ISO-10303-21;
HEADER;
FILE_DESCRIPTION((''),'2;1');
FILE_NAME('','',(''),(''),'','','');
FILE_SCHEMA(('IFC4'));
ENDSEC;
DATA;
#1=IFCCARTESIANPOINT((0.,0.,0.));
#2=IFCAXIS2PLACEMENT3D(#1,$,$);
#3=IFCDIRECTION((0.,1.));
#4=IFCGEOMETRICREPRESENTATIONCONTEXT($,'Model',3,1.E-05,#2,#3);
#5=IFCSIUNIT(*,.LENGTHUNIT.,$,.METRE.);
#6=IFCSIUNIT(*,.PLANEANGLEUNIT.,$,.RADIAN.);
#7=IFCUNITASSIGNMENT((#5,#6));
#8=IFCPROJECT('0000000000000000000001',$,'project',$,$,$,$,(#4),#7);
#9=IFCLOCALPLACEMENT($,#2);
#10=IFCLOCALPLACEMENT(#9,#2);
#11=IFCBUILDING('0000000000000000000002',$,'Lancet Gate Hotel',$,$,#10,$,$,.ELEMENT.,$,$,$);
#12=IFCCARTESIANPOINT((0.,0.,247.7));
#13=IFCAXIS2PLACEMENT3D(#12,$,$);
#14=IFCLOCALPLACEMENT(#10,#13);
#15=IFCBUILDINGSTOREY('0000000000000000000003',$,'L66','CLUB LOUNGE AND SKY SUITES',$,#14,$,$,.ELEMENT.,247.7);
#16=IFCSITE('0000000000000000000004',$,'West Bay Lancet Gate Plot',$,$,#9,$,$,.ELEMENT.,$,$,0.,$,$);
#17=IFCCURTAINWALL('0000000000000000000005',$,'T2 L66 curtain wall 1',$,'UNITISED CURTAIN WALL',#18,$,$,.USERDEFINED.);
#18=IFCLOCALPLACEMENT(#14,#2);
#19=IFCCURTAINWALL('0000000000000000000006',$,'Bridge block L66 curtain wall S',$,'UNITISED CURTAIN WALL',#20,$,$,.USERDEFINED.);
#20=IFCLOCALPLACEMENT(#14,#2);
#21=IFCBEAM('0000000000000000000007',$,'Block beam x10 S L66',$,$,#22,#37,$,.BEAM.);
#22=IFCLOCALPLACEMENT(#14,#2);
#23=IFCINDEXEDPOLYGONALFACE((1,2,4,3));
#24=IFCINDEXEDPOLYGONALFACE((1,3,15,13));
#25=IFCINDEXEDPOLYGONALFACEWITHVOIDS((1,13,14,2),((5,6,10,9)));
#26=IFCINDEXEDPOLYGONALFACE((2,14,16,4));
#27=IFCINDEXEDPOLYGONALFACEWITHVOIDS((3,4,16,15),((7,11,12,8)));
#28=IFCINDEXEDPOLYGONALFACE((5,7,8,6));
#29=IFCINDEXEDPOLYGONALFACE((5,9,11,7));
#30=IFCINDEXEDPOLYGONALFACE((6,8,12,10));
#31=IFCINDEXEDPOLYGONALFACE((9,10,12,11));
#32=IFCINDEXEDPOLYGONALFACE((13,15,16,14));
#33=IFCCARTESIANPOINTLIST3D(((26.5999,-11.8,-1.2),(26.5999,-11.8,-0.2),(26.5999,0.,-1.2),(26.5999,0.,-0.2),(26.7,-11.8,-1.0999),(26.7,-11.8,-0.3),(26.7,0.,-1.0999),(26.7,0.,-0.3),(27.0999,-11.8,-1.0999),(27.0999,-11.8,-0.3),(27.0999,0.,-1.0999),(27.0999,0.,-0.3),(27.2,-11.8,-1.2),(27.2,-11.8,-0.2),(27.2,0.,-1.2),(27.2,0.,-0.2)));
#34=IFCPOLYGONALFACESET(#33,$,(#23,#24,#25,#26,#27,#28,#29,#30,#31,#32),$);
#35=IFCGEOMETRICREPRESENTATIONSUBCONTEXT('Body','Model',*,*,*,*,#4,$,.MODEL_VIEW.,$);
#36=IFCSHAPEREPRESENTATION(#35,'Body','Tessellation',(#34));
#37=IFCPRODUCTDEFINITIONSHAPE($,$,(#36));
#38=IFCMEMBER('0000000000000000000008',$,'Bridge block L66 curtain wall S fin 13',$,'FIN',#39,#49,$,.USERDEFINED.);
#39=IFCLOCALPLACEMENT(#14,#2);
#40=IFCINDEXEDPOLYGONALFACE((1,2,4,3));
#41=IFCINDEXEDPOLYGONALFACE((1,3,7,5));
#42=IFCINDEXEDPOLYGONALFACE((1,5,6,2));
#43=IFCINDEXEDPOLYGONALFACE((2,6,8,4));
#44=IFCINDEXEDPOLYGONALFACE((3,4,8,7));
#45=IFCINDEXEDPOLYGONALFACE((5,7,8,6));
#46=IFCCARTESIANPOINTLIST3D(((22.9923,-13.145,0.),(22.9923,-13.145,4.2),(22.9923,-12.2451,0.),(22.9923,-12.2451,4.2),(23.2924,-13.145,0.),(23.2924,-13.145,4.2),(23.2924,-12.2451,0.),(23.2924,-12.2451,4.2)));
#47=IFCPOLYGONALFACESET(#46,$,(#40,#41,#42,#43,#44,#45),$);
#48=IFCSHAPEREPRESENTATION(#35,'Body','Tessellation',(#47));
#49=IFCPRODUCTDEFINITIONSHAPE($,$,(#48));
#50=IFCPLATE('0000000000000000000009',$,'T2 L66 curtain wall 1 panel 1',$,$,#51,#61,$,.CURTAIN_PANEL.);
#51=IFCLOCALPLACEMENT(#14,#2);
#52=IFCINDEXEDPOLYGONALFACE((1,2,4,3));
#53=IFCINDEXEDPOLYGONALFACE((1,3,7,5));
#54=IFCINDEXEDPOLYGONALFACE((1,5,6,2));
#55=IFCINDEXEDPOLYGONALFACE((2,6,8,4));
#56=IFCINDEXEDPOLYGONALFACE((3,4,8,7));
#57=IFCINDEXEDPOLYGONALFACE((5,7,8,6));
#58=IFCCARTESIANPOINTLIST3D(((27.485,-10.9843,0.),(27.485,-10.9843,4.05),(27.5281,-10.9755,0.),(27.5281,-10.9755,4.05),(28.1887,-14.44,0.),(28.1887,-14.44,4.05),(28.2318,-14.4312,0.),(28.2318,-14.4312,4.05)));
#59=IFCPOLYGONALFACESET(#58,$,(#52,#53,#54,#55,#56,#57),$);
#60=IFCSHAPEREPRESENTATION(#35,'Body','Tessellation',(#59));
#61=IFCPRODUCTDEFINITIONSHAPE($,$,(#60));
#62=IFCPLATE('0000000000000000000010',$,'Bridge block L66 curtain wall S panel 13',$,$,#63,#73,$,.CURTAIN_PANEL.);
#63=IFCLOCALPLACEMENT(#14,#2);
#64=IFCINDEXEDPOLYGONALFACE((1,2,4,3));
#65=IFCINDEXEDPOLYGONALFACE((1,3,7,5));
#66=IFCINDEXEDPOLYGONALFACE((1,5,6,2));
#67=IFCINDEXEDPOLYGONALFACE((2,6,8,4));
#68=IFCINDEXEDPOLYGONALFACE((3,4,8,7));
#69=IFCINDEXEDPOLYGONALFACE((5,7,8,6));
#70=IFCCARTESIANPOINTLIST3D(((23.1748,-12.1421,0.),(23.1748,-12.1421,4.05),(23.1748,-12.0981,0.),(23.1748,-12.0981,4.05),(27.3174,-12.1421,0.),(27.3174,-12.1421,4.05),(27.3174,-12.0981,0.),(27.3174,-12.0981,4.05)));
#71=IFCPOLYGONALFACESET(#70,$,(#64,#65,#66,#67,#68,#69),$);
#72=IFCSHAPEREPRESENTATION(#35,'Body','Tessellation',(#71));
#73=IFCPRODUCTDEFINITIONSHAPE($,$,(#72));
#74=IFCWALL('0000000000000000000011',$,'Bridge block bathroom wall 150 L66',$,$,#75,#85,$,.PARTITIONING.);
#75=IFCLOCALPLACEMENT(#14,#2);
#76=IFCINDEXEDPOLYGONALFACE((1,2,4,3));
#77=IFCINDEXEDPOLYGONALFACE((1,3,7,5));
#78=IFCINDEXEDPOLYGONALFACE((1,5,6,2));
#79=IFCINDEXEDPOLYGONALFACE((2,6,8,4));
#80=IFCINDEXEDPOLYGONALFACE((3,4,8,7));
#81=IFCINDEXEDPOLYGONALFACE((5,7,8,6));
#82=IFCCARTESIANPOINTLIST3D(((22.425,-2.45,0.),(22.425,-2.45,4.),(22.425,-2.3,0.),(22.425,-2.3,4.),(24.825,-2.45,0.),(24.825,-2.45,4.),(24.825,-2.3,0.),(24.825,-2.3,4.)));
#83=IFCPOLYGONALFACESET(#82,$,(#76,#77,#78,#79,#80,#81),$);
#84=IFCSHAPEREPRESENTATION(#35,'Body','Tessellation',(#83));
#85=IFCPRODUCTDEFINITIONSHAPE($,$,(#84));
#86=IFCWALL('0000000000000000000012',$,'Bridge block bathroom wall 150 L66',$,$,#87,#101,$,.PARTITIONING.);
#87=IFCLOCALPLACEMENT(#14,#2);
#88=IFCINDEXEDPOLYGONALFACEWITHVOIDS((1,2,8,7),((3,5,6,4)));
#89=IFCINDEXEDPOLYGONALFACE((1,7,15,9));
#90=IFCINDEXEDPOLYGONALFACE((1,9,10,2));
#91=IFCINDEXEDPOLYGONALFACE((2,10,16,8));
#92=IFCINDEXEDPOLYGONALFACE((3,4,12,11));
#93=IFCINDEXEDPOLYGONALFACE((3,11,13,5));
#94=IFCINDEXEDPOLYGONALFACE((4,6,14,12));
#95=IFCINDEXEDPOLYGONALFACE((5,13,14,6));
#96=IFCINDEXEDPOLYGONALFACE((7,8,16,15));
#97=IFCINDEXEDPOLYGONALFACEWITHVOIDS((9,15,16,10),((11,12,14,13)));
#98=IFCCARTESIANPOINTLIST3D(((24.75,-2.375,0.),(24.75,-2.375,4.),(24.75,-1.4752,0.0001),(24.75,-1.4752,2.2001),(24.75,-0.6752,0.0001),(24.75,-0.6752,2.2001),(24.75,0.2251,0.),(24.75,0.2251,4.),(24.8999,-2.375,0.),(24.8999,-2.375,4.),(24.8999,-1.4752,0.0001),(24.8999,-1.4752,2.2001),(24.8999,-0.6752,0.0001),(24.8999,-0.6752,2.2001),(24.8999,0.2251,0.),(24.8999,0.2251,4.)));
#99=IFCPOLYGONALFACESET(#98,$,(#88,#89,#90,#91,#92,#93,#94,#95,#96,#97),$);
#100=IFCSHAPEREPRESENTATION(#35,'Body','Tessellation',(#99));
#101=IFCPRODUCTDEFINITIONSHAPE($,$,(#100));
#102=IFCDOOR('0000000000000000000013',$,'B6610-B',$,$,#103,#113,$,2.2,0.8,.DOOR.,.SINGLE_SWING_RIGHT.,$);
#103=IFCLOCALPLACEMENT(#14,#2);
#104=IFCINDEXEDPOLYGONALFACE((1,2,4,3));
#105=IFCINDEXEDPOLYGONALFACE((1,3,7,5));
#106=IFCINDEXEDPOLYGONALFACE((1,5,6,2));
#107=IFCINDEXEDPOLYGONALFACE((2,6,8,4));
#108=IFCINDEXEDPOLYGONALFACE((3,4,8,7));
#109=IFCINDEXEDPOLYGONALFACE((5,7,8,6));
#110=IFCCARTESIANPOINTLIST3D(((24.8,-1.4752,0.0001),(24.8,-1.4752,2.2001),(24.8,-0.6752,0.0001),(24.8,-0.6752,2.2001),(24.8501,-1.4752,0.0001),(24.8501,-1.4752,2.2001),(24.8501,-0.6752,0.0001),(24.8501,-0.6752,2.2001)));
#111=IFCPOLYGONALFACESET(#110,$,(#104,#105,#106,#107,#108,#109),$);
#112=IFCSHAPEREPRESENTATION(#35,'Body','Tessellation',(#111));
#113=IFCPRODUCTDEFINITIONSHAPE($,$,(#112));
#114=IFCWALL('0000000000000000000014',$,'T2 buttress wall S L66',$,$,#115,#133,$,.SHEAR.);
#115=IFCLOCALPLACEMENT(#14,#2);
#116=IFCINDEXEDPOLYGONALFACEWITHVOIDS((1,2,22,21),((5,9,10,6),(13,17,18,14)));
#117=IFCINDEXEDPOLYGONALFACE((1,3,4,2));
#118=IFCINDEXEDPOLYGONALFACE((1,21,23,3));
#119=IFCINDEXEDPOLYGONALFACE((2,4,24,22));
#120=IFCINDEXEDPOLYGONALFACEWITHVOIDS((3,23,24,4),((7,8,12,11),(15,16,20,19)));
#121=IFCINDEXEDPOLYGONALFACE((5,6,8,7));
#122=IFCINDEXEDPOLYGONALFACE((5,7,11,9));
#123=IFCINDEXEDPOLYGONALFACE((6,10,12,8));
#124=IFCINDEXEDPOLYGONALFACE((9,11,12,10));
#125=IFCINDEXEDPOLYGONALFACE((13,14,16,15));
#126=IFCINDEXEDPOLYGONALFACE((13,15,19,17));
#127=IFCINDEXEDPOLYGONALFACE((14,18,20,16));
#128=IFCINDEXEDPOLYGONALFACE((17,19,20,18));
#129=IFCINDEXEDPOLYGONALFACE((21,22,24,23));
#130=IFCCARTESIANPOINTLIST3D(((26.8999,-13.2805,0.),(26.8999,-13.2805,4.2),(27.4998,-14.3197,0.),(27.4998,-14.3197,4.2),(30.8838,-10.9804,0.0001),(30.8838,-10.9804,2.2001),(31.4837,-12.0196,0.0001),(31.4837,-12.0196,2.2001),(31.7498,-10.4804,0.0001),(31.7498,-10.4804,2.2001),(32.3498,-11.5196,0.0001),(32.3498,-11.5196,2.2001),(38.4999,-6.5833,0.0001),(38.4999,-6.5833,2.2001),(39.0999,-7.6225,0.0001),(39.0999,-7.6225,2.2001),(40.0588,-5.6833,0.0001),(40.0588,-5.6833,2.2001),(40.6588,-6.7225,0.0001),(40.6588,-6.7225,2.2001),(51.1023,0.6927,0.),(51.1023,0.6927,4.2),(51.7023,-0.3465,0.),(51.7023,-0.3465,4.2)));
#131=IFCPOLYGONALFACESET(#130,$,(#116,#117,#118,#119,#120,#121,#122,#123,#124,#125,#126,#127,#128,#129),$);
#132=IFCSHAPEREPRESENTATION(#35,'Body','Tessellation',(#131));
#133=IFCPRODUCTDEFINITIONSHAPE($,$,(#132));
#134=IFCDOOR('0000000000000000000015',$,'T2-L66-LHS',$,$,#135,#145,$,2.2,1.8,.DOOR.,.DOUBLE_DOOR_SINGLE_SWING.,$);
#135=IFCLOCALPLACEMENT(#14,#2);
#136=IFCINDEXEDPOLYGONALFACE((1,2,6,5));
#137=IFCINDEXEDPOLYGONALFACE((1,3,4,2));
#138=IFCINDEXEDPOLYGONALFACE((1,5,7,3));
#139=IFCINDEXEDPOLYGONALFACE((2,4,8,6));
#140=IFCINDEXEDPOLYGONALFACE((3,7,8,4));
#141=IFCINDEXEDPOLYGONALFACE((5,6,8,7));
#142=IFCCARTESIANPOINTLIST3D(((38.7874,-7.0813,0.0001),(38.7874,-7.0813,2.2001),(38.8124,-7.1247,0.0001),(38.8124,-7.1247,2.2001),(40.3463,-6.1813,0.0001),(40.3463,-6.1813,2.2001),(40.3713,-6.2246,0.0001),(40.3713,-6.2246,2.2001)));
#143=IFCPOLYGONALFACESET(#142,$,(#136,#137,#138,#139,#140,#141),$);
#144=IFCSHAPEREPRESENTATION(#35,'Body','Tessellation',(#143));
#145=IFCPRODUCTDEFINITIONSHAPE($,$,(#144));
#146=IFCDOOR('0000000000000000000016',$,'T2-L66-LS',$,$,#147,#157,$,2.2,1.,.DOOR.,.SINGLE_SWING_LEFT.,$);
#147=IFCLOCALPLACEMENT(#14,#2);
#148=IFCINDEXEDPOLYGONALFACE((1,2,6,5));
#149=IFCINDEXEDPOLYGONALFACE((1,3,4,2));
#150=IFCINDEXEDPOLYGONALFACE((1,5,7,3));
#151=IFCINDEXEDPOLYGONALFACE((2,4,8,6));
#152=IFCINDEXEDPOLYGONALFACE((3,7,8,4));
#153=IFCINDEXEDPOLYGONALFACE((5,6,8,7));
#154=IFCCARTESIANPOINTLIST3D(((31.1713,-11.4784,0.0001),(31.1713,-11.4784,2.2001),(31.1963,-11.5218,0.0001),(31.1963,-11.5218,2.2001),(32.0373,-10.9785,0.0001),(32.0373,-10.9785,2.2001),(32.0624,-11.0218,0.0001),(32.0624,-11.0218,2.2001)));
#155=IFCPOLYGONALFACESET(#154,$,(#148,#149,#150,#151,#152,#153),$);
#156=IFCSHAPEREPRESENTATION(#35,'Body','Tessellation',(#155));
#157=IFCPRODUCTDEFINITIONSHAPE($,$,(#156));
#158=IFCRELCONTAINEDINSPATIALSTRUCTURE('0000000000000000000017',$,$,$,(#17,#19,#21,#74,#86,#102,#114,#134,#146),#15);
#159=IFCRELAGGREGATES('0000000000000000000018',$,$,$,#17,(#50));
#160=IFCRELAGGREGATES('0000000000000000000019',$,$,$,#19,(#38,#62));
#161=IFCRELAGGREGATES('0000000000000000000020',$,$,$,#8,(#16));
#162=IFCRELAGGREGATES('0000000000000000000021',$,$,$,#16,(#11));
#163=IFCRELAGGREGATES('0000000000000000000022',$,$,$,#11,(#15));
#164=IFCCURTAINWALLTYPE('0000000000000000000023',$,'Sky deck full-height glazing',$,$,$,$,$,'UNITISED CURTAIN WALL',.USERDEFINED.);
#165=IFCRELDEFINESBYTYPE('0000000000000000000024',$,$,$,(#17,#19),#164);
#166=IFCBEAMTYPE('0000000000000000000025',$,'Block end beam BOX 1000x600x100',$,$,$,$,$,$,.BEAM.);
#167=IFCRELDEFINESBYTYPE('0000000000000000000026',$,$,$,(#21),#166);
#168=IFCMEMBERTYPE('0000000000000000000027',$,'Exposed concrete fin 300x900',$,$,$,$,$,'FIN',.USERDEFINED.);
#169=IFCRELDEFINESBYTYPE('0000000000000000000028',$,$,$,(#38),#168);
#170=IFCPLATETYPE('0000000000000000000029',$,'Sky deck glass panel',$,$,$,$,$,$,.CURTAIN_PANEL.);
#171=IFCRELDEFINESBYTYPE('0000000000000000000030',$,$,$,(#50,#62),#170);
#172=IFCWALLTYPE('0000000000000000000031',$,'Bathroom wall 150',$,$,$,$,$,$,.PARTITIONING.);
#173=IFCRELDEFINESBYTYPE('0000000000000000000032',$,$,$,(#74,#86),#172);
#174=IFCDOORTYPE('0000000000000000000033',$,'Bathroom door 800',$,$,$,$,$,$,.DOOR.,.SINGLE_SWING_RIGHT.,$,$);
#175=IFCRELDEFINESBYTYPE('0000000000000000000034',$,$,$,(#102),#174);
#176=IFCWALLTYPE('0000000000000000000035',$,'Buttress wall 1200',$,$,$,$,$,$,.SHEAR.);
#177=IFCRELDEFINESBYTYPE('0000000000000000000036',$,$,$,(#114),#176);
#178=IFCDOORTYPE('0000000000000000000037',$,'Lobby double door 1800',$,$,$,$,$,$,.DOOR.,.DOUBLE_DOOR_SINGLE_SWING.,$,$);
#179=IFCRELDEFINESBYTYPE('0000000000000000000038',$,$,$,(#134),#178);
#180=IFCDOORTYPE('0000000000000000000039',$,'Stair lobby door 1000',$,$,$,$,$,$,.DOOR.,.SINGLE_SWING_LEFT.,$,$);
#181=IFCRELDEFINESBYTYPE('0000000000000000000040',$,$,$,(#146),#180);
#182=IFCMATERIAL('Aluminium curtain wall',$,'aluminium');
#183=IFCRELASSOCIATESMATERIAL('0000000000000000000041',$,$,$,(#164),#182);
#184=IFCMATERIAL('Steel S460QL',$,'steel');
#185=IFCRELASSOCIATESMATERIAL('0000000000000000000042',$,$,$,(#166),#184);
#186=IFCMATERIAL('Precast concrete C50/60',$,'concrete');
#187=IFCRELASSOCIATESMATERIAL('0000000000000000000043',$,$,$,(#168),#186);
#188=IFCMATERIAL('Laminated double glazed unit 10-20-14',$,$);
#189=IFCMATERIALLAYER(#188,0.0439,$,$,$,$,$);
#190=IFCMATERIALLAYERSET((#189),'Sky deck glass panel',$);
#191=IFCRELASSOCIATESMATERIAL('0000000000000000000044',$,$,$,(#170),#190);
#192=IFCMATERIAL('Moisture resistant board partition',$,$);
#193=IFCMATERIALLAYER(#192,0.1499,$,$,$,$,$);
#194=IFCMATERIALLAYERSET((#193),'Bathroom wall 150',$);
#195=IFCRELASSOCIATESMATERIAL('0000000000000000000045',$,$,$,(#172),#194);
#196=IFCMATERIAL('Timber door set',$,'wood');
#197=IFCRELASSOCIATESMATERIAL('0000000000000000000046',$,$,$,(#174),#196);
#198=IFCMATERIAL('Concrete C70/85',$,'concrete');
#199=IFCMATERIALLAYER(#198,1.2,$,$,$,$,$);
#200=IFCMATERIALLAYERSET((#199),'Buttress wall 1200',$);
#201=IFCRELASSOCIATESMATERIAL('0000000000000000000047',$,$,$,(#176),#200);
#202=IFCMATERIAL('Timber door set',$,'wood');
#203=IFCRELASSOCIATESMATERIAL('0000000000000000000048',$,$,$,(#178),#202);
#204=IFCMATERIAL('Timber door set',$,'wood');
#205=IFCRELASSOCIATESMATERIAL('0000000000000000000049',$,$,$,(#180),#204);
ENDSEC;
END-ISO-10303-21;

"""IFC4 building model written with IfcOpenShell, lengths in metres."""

from ifc_helpers import new_model, si_unit, direction, frame, frame_2d, origin, origin_2d, place, context, subcontext, project, spatial, rectangle, hollow_rectangle, extrude, material, layer, layer_set, material_profile, profile_set, type_object, element, fill, aggregate, save


model = new_model("IFC4")

# Units and contexts
model_context = context("Model", 3, precision=1e-05, world=origin(), true_north=direction((0.0, 1.0)))
body_context = subcontext(model_context, "Body", "Model", "MODEL_VIEW")
ifc_project = project(units=[si_unit("LENGTHUNIT", "METRE"), si_unit("PLANEANGLEUNIT", "RADIAN")], contexts=[model_context])

# Site, building, storey
site_placement = place(None, origin())
site = spatial("IfcSite", under=ifc_project, at=site_placement, Name="West Bay Lancet Gate Plot", CompositionType="ELEMENT", RefElevation=0.0)
building_placement = place(site_placement, origin())
building = spatial("IfcBuilding", under=site, at=building_placement, Name="Lancet Gate Hotel", CompositionType="ELEMENT")
storey_placement = place(building_placement, frame((0.0, 0.0, 247.7)))
storey = spatial("IfcBuildingStorey", under=building, at=storey_placement, Name="L66", Description="CLUB LOUNGE AND SKY SUITES", CompositionType="ELEMENT", Elevation=247.7)

# Curtain walls
ifc_material_1 = material(Name="Aluminium curtain wall", Category="aluminium")
curtain_wall_type = type_object("IfcCurtainWallType", Name="Sky deck full-height glazing", ElementType="UNITISED CURTAIN WALL", PredefinedType="USERDEFINED", material=ifc_material_1)
curtain_wall_1_placement = place(storey_placement, origin())
curtain_wall_1 = element("IfcCurtainWall", 1, at=curtain_wall_1_placement, inside=storey, type_object=curtain_wall_type, Name="T2 L66 curtain wall 1", ObjectType="UNITISED CURTAIN WALL", PredefinedType="USERDEFINED")
curtain_wall_2_placement = place(storey_placement, origin())
curtain_wall_2 = element("IfcCurtainWall", 2, at=curtain_wall_2_placement, inside=storey, type_object=curtain_wall_type, Name="Bridge block L66 curtain wall S", ObjectType="UNITISED CURTAIN WALL", PredefinedType="USERDEFINED")

# Beam
ifc_material_2 = material(Name="Steel S460QL", Category="steel")
ifc_material_profile_1 = material_profile(ifc_material_2, hollow_rectangle(XDim=0.6001, YDim=1.0, WallThickness=0.1001, at=origin_2d()), Name="BOX 1000x600x100")
ifc_profile_set_1 = profile_set([ifc_material_profile_1], Name="Steel S460QL")
beam_type = type_object("IfcBeamType", Name="Block end beam BOX 1000x600x100", PredefinedType="BEAM", material=ifc_profile_set_1)
beam_placement = place(storey_placement, frame((26.8999, -11.8, -0.7), z_axis=(0.0, 1.0, 0.0), x_axis=(-1.0, 0.0, 0.0)))
element("IfcBeam", 3, at=beam_placement, inside=storey, type_object=beam_type, Name="Block beam x10 S L66", PredefinedType="BEAM", context=body_context, shape_type="SweptSolid", body=[
    extrude(hollow_rectangle(XDim=0.6001, YDim=1.0, WallThickness=0.1001, at=origin_2d()), origin(), (0.0, 0.0, 1.0), 11.8),
])

# Member
ifc_material_3 = material(Name="Precast concrete C50/60", Category="concrete")
ifc_material_profile_2 = material_profile(ifc_material_3, rectangle(XDim=0.3, YDim=0.8999, at=origin_2d()), Name="FIN 300x900")
ifc_profile_set_2 = profile_set([ifc_material_profile_2], Name="Precast concrete C50/60")
member_type_1 = type_object("IfcMemberType", Name="Exposed concrete fin 300x900", ElementType="FIN", PredefinedType="USERDEFINED", material=ifc_profile_set_2)
member_1_placement = place(storey_placement, frame((23.1423, -12.6951, 0.0), z_axis=(0.0, 0.0, 1.0), x_axis=(1.0, 0.0, 0.0)))
member_1 = element("IfcMember", 4, at=member_1_placement, type_object=member_type_1, Name="Bridge block L66 curtain wall S fin 13", ObjectType="FIN", PredefinedType="USERDEFINED", context=body_context, shape_type="SweptSolid", body=[
    extrude(rectangle(XDim=0.3, YDim=0.8999, at=origin_2d()), origin(), (0.0, 0.0, 1.0), 4.2),
])

# Plates
ifc_material_4 = material(Name="Laminated double glazed unit 10-20-14")
ifc_layer_1 = layer(ifc_material_4, 0.0439)
ifc_layer_set_1 = layer_set([ifc_layer_1], Name="Sky deck glass panel")
plate_type = type_object("IfcPlateType", Name="Sky deck glass panel", PredefinedType="CURTAIN_PANEL", material=ifc_layer_set_1)
plate_1_placement = place(storey_placement, frame((27.8584, -12.7078, 0.0), z_axis=(0.0, 0.0, 1.0), x_axis=(0.199533, -0.979891, 0.0)))
plate_1 = element("IfcPlate", 5, at=plate_1_placement, type_object=plate_type, Name="T2 L66 curtain wall 1 panel 1", PredefinedType="CURTAIN_PANEL", context=body_context, shape_type="SweptSolid", body=[
    extrude(rectangle(XDim=3.5266, YDim=0.0439, at=origin_2d()), origin(), (0.0, 0.0, 1.0), 4.05),
])
aggregate(curtain_wall_1, [plate_1])
plate_2_placement = place(storey_placement, frame((25.2461, -12.1201, 0.0), z_axis=(0.0, 0.0, 1.0), x_axis=(1.0, 0.0, 0.0)))
plate_2 = element("IfcPlate", 6, at=plate_2_placement, type_object=plate_type, Name="Bridge block L66 curtain wall S panel 13", PredefinedType="CURTAIN_PANEL", context=body_context, shape_type="SweptSolid", body=[
    extrude(rectangle(XDim=4.1426, YDim=0.0439, at=origin_2d()), origin(), (0.0, 0.0, 1.0), 4.05),
])
aggregate(curtain_wall_2, [member_1, plate_2])

# Wall
ifc_material_5 = material(Name="Moisture resistant board partition")
ifc_layer_2 = layer(ifc_material_5, 0.1499)
ifc_layer_set_2 = layer_set([ifc_layer_2], Name="Bathroom wall 150")
wall_type_1 = type_object("IfcWallType", Name="Bathroom wall 150", PredefinedType="PARTITIONING", material=ifc_layer_set_2)
wall_1_placement = place(storey_placement, frame((22.425, -2.375, 0.0), z_axis=(0.0, 0.0, 1.0), x_axis=(1.0, 0.0, 0.0)))
element("IfcWall", 7, at=wall_1_placement, inside=storey, type_object=wall_type_1, Name="Bridge block bathroom wall 150 L66", PredefinedType="PARTITIONING", context=body_context, shape_type="SweptSolid", body=[
    extrude(rectangle(XDim=2.3999, YDim=0.1499, at=frame_2d((1.2, 0.0))), origin(), (0.0, 0.0, 1.0), 4.0),
])

# Wall, opening, door
wall_2_placement = place(storey_placement, frame((24.825, -2.375, 0.0), z_axis=(0.0, 0.0, 1.0), x_axis=(0.0, 1.0, 0.0)))
wall_2 = element("IfcWall", 8, at=wall_2_placement, inside=storey, type_object=wall_type_1, Name="Bridge block bathroom wall 150 L66", PredefinedType="PARTITIONING", context=body_context, shape_type="SweptSolid", body=[
    extrude(rectangle(XDim=2.6001, YDim=0.1499, at=frame_2d((1.3, 0.0))), origin(), (0.0, 0.0, 1.0), 4.0),
])
opening_1_placement = place(wall_2_placement, frame((0.8999, 0.0, 0.0)))
opening_1 = element("IfcOpeningElement", 9, at=opening_1_placement, cuts=wall_2, PredefinedType="OPENING", context=body_context, shape_type="SweptSolid", body=[
    extrude(rectangle(XDim=0.8, YDim=2.2, at=frame_2d((0.3999, 1.1001))), frame((0.0, 0.085, 0.0), z_axis=(0.0, -1.0, 0.0), x_axis=(1.0, 0.0, 0.0)), (0.0, 0.0, 1.0), 0.1699),
])
ifc_material_6 = material(Name="Timber door set", Category="wood")
door_type_1 = type_object("IfcDoorType", Name="Bathroom door 800", OperationType="SINGLE_SWING_RIGHT", PredefinedType="DOOR", material=ifc_material_6)
door_1_placement = place(opening_1_placement, origin())
door_1 = element("IfcDoor", 10, at=door_1_placement, inside=storey, type_object=door_type_1, Name="B6610-B", OperationType="SINGLE_SWING_RIGHT", OverallHeight=2.2, OverallWidth=0.8, PredefinedType="DOOR", context=body_context, shape_type="SweptSolid", body=[
    extrude(rectangle(XDim=0.8, YDim=2.2, at=frame_2d((0.3999, 1.1001))), frame((0.0, 0.0249, 0.0), z_axis=(0.0, -1.0, 0.0), x_axis=(1.0, 0.0, 0.0)), (0.0, 0.0, 1.0), 0.05),
])
fill(opening_1, door_1)

# Wall, openings, doors
ifc_material_7 = material(Name="Concrete C70/85", Category="concrete")
ifc_layer_3 = layer(ifc_material_7, 1.2)
ifc_layer_set_3 = layer_set([ifc_layer_3], Name="Buttress wall 1200")
wall_type_2 = type_object("IfcWallType", Name="Buttress wall 1200", PredefinedType="SHEAR", material=ifc_layer_set_3)
wall_3_placement = place(storey_placement, frame((27.2, -13.8, 0.0), z_axis=(0.0, 0.0, 1.0), x_axis=(0.866027, 0.499997, 0.0)))
wall_3 = element("IfcWall", 11, at=wall_3_placement, inside=storey, type_object=wall_type_2, Name="T2 buttress wall S L66", PredefinedType="SHEAR", context=body_context, shape_type="SweptSolid", body=[
    extrude(rectangle(XDim=27.9465, YDim=1.2, at=frame_2d((13.9731, 0.0))), origin(), (0.0, 0.0, 1.0), 4.2),
])
opening_2_placement = place(wall_3_placement, frame((4.6001, 0.0, 0.0)))
opening_2 = element("IfcOpeningElement", 12, at=opening_2_placement, cuts=wall_3, PredefinedType="OPENING", context=body_context, shape_type="SweptSolid", body=[
    extrude(rectangle(XDim=1.0, YDim=2.2, at=frame_2d((0.5, 1.1001))), frame((0.0, 0.6099, 0.0), z_axis=(0.0, -1.0, 0.0), x_axis=(1.0, 0.0, 0.0)), (0.0, 0.0, 1.0), 1.22),
])
opening_3_placement = place(wall_3_placement, frame((13.3945, 0.0, 0.0)))
opening_3 = element("IfcOpeningElement", 13, at=opening_3_placement, cuts=wall_3, PredefinedType="OPENING", context=body_context, shape_type="SweptSolid", body=[
    extrude(rectangle(XDim=1.8, YDim=2.2, at=frame_2d((0.8999, 1.1001))), frame((0.0, 0.6099, 0.0), z_axis=(0.0, -1.0, 0.0), x_axis=(1.0, 0.0, 0.0)), (0.0, 0.0, 1.0), 1.22),
])
ifc_material_8 = material(Name="Timber door set", Category="wood")
door_type_2 = type_object("IfcDoorType", Name="Lobby double door 1800", OperationType="DOUBLE_DOOR_SINGLE_SWING", PredefinedType="DOOR", material=ifc_material_8)
door_2_placement = place(opening_3_placement, origin())
door_2 = element("IfcDoor", 14, at=door_2_placement, inside=storey, type_object=door_type_2, Name="T2-L66-LHS", OperationType="DOUBLE_DOOR_SINGLE_SWING", OverallHeight=2.2, OverallWidth=1.8, PredefinedType="DOOR", context=body_context, shape_type="SweptSolid", body=[
    extrude(rectangle(XDim=1.8, YDim=2.2, at=frame_2d((0.8999, 1.1001))), frame((0.0, 0.0249, 0.0), z_axis=(0.0, -1.0, 0.0), x_axis=(1.0, 0.0, 0.0)), (0.0, 0.0, 1.0), 0.05),
])
fill(opening_3, door_2)
ifc_material_9 = material(Name="Timber door set", Category="wood")
door_type_3 = type_object("IfcDoorType", Name="Stair lobby door 1000", OperationType="SINGLE_SWING_LEFT", PredefinedType="DOOR", material=ifc_material_9)
door_3_placement = place(opening_2_placement, origin())
door_3 = element("IfcDoor", 15, at=door_3_placement, inside=storey, type_object=door_type_3, Name="T2-L66-LS", OperationType="SINGLE_SWING_LEFT", OverallHeight=2.2, OverallWidth=1.0, PredefinedType="DOOR", context=body_context, shape_type="SweptSolid", body=[
    extrude(rectangle(XDim=1.0, YDim=2.2, at=frame_2d((0.5, 1.1001))), frame((0.0, 0.0249, 0.0), z_axis=(0.0, -1.0, 0.0), x_axis=(1.0, 0.0, 0.0)), (0.0, 0.0, 1.0), 0.05),
])
fill(opening_2, door_3)

save(model, "model.ifc")
